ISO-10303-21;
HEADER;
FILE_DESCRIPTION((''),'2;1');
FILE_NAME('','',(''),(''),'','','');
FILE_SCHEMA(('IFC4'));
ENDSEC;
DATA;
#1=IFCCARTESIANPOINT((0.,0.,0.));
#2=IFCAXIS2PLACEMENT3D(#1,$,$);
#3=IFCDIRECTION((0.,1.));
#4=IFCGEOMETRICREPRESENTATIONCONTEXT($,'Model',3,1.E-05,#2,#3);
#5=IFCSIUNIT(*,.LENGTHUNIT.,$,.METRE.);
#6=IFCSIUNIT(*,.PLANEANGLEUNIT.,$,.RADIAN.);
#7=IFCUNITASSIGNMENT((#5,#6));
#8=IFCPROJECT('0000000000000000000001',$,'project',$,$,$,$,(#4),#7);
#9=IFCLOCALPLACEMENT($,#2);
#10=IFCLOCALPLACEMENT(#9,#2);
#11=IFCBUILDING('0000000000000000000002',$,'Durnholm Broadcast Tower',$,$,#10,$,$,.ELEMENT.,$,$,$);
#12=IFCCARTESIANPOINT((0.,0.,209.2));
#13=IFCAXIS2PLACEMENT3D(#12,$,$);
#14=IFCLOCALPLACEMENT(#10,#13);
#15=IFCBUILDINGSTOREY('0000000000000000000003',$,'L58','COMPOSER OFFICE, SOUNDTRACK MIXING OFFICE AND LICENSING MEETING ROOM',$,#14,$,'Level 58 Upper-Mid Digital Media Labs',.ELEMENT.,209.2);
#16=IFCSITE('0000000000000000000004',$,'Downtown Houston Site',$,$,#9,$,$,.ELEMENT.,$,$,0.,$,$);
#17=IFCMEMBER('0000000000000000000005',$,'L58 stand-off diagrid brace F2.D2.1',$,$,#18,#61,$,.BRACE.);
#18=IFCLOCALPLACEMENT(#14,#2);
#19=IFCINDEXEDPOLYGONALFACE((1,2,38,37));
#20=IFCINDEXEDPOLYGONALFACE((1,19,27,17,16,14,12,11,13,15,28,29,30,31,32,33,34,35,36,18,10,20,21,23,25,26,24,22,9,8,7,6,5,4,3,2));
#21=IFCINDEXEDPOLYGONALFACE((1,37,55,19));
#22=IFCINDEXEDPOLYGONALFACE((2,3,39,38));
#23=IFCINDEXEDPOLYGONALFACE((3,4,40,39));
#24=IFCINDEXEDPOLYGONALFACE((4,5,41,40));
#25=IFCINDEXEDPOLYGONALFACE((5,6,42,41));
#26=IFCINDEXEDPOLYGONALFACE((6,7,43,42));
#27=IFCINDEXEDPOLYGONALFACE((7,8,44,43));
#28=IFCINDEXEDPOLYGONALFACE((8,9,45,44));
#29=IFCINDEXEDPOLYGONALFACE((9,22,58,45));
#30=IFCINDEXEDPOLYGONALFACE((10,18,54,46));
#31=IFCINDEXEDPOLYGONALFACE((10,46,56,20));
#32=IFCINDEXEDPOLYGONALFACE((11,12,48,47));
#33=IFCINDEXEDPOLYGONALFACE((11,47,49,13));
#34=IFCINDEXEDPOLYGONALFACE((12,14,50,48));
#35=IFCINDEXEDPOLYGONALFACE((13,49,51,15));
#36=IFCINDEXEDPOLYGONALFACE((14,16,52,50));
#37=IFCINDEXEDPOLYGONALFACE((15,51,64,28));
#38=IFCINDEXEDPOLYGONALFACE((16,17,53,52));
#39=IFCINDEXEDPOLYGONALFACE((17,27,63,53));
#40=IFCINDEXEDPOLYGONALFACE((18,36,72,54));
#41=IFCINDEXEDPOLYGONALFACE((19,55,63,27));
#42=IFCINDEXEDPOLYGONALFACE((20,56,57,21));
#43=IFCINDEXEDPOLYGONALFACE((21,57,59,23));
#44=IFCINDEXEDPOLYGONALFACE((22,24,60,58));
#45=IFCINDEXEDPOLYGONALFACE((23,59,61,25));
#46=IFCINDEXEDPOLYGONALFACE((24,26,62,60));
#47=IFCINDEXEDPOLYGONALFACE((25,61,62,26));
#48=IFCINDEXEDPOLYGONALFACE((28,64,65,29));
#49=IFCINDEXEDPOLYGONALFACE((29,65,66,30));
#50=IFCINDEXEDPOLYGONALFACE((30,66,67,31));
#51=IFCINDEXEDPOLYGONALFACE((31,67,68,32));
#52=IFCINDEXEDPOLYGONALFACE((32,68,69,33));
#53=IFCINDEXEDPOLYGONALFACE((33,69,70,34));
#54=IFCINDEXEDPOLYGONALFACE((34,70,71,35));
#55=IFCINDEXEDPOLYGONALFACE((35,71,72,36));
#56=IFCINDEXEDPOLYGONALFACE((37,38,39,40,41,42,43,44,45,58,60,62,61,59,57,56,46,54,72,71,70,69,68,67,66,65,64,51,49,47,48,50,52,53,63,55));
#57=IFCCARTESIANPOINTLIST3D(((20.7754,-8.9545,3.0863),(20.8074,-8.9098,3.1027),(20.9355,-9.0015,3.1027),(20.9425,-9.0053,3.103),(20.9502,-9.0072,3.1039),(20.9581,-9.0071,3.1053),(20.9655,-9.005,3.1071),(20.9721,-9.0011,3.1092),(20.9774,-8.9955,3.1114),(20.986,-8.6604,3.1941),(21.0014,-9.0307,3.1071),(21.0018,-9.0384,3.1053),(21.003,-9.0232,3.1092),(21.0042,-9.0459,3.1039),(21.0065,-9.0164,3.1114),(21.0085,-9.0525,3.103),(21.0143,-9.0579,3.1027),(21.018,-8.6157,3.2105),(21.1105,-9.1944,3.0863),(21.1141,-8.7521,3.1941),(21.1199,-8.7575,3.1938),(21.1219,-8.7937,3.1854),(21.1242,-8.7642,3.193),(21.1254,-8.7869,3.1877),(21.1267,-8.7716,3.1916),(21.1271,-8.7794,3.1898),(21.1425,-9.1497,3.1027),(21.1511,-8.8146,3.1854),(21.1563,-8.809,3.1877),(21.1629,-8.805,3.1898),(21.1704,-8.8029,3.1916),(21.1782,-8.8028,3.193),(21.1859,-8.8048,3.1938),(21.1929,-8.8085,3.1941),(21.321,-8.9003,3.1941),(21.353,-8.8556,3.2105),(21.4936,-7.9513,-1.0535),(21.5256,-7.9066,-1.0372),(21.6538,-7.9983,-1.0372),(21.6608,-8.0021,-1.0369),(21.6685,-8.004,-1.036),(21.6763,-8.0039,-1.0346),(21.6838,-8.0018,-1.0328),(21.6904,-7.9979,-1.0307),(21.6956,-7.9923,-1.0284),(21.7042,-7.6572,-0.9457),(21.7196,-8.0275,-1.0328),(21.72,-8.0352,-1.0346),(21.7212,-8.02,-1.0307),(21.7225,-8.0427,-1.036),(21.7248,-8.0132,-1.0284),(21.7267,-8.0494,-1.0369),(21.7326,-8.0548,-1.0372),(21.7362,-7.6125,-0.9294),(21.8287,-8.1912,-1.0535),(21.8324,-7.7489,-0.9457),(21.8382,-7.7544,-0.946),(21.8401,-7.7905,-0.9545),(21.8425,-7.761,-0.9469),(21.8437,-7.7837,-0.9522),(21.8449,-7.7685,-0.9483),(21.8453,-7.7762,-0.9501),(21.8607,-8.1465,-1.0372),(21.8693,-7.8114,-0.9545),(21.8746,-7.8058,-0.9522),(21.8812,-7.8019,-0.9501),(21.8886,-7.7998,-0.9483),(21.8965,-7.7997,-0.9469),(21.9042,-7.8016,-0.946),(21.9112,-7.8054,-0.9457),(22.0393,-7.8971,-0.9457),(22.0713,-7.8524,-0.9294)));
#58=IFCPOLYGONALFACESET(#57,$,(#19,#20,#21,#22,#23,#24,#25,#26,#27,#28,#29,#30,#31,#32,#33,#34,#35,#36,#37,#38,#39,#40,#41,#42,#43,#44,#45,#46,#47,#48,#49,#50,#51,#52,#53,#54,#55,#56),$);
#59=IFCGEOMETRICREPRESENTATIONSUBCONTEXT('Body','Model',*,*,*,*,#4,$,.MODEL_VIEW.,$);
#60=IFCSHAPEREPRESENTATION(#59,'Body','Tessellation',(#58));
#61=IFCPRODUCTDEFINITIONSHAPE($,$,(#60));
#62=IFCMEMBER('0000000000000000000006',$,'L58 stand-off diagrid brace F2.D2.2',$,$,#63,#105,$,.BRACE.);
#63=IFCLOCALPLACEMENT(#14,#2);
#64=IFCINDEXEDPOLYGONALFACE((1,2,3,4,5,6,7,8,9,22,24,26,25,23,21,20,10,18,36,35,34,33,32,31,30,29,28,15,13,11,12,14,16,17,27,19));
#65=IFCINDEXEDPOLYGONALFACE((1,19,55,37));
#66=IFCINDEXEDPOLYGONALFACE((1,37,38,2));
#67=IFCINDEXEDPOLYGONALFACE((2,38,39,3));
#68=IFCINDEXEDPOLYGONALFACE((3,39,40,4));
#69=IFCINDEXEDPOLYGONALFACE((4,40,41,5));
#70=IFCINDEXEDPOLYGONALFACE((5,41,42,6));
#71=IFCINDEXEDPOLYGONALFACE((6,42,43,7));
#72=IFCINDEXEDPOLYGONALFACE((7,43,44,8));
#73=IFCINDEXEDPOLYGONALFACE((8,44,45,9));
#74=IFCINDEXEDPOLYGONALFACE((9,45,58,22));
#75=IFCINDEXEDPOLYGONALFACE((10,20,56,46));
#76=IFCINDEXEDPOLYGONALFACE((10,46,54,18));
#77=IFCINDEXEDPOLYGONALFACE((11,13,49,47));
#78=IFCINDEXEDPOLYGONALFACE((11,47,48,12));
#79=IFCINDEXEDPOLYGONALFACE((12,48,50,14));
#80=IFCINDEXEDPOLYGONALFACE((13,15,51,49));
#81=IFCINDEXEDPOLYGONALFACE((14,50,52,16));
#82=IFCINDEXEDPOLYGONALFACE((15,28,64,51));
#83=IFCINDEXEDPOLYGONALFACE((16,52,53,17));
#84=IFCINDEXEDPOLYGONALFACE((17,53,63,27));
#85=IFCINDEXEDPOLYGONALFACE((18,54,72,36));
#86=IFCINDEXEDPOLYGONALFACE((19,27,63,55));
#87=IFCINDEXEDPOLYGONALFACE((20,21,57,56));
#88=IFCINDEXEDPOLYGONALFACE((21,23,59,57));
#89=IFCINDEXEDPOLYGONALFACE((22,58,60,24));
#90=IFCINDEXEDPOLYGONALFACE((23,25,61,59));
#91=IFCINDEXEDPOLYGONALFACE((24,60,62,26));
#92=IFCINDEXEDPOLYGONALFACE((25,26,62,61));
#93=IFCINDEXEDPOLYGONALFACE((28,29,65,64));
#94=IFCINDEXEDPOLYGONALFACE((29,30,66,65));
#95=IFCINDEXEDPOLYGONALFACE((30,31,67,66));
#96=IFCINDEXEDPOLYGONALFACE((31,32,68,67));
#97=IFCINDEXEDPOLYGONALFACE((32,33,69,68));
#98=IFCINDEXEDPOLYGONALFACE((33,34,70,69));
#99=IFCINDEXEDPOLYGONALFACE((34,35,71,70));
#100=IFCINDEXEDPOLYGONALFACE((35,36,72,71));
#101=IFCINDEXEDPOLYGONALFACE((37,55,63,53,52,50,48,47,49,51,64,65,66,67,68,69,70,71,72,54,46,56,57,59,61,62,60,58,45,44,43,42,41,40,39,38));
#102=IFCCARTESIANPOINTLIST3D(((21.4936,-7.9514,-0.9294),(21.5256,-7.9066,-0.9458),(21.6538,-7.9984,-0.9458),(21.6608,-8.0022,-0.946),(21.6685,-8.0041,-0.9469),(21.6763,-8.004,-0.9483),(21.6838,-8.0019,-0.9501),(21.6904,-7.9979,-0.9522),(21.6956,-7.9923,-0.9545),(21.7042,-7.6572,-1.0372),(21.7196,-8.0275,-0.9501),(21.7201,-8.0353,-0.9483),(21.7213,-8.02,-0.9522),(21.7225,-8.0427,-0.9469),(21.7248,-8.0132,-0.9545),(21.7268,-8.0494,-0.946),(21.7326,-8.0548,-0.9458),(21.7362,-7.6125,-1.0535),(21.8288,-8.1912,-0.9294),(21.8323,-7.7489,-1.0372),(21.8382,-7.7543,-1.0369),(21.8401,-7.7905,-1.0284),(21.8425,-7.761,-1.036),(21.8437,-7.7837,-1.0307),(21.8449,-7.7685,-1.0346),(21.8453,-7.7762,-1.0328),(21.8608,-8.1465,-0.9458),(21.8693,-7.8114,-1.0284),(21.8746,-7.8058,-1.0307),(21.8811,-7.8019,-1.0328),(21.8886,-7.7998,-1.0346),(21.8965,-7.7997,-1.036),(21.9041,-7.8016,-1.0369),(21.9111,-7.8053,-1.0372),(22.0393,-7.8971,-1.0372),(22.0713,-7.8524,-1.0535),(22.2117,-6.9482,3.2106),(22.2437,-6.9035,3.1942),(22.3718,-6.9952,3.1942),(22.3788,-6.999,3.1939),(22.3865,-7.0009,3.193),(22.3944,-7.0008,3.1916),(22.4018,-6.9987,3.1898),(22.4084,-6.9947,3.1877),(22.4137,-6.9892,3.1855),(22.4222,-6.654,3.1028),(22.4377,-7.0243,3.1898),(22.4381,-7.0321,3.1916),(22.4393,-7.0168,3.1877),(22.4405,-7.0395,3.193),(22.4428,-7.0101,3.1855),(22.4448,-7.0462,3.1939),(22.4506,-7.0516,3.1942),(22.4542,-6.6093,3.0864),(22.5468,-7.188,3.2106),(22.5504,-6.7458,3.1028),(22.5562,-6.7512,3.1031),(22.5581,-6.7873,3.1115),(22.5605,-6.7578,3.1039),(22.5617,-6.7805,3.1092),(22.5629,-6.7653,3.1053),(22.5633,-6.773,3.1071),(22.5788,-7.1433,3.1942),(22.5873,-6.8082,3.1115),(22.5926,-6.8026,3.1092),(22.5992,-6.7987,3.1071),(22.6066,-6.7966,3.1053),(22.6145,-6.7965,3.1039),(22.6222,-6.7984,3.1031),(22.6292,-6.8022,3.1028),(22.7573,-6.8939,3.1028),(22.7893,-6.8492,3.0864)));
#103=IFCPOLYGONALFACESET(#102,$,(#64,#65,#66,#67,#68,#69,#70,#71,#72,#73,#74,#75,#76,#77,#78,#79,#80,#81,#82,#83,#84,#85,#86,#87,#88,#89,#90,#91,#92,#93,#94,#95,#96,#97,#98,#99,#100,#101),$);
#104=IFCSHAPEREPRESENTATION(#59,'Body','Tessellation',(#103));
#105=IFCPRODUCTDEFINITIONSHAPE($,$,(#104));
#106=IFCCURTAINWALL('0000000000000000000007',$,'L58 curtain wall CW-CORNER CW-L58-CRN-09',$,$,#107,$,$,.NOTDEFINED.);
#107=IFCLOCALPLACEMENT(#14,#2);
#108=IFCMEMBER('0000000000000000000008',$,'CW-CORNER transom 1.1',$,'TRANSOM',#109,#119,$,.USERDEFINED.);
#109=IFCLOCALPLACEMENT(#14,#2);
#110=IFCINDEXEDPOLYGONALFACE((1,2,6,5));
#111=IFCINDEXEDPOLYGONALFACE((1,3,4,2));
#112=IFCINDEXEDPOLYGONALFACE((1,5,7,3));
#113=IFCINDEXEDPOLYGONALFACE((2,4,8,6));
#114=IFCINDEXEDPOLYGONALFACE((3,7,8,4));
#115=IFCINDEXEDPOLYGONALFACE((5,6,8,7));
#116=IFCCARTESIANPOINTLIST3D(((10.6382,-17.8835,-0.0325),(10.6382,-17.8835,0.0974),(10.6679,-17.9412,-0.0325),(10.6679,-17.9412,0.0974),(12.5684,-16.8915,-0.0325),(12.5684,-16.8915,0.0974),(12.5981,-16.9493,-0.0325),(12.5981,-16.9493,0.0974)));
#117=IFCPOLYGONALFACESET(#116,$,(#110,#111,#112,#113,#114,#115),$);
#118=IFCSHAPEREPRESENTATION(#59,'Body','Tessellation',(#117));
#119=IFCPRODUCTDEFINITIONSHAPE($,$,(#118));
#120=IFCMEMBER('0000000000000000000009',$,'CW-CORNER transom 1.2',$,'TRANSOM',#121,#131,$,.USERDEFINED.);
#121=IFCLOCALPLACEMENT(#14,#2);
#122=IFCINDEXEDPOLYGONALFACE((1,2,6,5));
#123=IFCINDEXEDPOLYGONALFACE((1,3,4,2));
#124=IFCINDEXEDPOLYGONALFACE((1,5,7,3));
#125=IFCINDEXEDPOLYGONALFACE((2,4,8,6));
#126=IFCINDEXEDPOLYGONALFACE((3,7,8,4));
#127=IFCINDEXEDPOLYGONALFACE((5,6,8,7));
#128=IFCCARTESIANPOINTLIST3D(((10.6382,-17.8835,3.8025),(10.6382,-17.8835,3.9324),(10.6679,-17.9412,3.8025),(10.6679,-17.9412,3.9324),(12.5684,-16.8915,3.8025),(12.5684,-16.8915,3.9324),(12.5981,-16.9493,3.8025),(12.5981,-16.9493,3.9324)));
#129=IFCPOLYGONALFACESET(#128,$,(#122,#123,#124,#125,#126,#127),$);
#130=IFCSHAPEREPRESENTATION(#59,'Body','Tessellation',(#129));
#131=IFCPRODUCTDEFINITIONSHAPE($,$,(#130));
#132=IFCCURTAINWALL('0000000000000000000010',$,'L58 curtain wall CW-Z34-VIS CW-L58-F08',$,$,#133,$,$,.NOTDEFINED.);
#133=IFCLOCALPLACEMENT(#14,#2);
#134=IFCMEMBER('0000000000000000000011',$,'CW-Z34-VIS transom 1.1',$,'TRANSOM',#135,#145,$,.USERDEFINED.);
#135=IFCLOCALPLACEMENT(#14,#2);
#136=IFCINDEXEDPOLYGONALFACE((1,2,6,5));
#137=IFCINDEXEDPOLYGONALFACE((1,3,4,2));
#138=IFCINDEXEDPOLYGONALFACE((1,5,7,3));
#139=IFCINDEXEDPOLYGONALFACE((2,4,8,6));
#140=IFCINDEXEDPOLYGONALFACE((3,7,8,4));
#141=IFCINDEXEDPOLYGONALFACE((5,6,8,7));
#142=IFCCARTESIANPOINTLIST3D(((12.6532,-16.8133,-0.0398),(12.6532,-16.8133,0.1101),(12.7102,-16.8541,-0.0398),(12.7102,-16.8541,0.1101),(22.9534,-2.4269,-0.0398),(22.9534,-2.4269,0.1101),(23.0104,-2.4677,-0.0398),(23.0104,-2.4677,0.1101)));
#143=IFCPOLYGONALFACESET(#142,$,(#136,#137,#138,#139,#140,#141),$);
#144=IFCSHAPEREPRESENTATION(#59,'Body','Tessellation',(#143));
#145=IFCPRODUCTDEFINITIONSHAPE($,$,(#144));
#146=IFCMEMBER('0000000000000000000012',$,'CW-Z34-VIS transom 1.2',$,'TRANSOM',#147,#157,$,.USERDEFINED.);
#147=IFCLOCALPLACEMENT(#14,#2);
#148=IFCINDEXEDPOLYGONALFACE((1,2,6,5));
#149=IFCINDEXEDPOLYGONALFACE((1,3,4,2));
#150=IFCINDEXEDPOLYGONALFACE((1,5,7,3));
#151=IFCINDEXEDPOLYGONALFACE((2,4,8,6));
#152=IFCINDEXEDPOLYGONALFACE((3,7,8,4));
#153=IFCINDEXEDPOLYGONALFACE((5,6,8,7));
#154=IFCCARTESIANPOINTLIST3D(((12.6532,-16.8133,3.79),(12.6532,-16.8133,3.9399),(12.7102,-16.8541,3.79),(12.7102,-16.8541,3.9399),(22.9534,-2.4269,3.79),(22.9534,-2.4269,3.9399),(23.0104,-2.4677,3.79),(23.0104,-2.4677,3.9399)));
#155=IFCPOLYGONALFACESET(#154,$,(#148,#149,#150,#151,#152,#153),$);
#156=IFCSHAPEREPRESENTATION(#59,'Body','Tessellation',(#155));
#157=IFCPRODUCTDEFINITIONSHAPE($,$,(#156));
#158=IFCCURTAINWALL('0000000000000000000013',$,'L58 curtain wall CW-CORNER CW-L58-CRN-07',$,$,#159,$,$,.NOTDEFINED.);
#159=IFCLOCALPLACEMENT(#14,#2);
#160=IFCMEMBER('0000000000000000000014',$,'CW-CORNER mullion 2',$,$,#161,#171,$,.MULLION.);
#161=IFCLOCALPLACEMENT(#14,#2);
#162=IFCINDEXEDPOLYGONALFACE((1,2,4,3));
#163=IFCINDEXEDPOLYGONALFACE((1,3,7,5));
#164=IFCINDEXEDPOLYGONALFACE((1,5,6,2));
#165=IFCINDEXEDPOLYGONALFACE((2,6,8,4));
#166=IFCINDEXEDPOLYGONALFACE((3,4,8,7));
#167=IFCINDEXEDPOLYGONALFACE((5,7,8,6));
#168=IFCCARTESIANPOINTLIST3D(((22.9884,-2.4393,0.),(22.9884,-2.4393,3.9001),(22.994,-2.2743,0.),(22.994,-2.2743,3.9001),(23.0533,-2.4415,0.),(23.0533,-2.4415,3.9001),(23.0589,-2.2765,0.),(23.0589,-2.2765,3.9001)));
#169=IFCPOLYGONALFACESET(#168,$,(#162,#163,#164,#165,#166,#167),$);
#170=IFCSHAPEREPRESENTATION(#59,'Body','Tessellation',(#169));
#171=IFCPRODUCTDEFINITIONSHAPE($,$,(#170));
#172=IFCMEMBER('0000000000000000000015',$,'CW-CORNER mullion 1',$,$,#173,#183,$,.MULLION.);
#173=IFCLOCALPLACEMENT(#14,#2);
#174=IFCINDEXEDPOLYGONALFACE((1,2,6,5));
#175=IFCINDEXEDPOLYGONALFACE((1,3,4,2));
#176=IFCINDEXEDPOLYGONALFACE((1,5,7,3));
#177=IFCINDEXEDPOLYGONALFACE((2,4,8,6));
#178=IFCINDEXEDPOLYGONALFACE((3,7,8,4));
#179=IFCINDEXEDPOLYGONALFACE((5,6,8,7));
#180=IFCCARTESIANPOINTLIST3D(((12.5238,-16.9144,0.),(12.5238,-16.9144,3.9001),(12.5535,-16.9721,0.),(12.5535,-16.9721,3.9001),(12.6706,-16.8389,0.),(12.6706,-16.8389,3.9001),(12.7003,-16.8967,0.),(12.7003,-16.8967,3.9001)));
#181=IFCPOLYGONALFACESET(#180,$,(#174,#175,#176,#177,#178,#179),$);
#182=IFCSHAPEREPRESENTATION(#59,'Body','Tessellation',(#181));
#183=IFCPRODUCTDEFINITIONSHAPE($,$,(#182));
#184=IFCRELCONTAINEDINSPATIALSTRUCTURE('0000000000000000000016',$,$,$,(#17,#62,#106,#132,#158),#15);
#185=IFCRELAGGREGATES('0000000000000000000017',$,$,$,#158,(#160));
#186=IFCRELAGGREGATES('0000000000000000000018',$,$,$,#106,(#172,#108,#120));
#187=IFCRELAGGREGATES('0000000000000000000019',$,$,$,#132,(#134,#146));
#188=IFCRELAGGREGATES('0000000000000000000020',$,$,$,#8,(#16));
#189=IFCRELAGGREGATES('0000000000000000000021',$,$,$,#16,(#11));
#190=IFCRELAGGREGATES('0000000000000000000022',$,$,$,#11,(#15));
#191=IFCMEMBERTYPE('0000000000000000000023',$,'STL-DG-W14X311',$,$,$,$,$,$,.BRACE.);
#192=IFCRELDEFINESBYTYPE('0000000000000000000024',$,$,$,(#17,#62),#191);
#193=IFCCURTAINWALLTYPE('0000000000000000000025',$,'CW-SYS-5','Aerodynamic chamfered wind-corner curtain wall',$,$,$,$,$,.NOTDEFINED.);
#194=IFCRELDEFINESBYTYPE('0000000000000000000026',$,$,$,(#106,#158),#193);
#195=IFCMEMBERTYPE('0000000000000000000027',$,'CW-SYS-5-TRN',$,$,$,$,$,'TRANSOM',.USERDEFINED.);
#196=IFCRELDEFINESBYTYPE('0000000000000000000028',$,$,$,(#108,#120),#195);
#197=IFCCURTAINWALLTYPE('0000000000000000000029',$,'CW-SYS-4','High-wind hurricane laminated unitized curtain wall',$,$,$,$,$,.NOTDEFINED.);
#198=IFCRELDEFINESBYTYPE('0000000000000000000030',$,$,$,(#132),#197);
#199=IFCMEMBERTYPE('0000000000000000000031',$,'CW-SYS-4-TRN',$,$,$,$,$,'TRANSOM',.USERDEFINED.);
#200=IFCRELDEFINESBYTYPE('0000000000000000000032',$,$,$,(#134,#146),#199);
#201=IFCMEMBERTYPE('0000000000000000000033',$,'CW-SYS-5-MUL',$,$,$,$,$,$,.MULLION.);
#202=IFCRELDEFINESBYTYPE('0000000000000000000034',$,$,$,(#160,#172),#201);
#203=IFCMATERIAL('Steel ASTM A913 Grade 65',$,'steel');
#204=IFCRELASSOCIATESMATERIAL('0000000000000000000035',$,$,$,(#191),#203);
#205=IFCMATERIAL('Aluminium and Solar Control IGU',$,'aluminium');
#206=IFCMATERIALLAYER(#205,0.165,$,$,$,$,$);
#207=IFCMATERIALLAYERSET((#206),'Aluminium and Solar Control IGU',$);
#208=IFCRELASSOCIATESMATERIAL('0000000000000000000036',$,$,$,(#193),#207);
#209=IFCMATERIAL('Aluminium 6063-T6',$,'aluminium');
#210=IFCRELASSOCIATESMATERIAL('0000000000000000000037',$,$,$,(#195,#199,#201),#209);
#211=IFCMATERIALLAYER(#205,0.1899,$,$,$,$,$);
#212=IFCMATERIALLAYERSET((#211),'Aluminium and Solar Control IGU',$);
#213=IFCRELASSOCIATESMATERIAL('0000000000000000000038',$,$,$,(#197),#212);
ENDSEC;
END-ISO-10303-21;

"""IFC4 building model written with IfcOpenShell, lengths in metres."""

from ifc_helpers import new_model, si_unit, direction, frame, origin, origin_2d, place, context, subcontext, project, spatial, rectangle, i_section, extrude, source, transform, mapped, material, layer, layer_set, material_profile, profile_set, type_object, type_shapes, element, aggregate, save


model = new_model("IFC4")

# Units and contexts
model_context = context("Model", 3, precision=1e-05, world=origin(), true_north=direction((0.0, 1.0)))
body_context = subcontext(model_context, "Body", "Model", "MODEL_VIEW")
ifc_project = project(units=[si_unit("LENGTHUNIT", "METRE"), si_unit("PLANEANGLEUNIT", "RADIAN")], contexts=[model_context])

# Site, building, storey
site_placement = place(None, origin())
site = spatial("IfcSite", under=ifc_project, at=site_placement, Name="Downtown Houston Site", CompositionType="ELEMENT", RefElevation=0.0)
building_placement = place(site_placement, origin())
building = spatial("IfcBuilding", under=site, at=building_placement, Name="Durnholm Broadcast Tower", CompositionType="ELEMENT")
storey_placement = place(building_placement, frame((0.0, 0.0, 209.2)))
storey = spatial("IfcBuildingStorey", under=building, at=storey_placement, Name="L58", Description="COMPOSER OFFICE, SOUNDTRACK MIXING OFFICE AND LICENSING MEETING ROOM", LongName="Level 58 Upper-Mid Digital Media Labs", CompositionType="ELEMENT", Elevation=209.2)

# Members
ifc_material_1 = material(Name="Steel ASTM A913 Grade 65", Category="steel")
ifc_material_profile_1 = material_profile(ifc_material_1, i_section(OverallWidth=0.4121, OverallDepth=0.4348, WebThickness=0.0359, FlangeThickness=0.0574, FilletRadius=0.0305, at=origin_2d()), Name="W14X311")
ifc_profile_set_1 = profile_set([ifc_material_profile_1], Name="Steel ASTM A913 Grade 65")
member_type_1 = type_object("IfcMemberType", Name="STL-DG-W14X311", PredefinedType="BRACE", material=ifc_profile_set_1)
shared_shape_1 = source(origin(), body_context, "Body", "SweptSolid", [
    extrude(i_section(OverallWidth=0.4121, OverallDepth=0.4348, WebThickness=0.0359, FlangeThickness=0.0574, FilletRadius=0.0305, at=origin_2d()), origin(), (0.0, 0.0, 1.0), 4.3198),
])
type_shapes(member_type_1, [shared_shape_1])
for number, where, z_axis, x_axis, name in (
    (1, (21.7825, -7.9019, -0.9915), (-0.166271, -0.232225, 0.958345), (0.813078, -0.582155, 0.0), "L58 stand-off diagrid brace F2.D2.1"),
    (2, (21.7825, -7.9019, -0.9915), (0.166216, 0.232227, 0.958354), (-0.813171, 0.582024, 0.0), "L58 stand-off diagrid brace F2.D2.2"),
):
    element("IfcMember", number, at=place(storey_placement, frame(where, z_axis=z_axis, x_axis=x_axis)), inside=storey, type_object=member_type_1, Name=name, PredefinedType="BRACE", context=body_context, shape_type="MappedRepresentation", body=[
        mapped(shared_shape_1, transform((0.0, 0.0, 0.0), x_axis=(1.0, 0.0, 0.0), y_axis=(0.0, 1.0, 0.0), z_axis=(0.0, 0.0, 1.0), scale=1.0)),
    ])

# Curtain walls, members
ifc_material_2 = material(Name="Aluminium and Solar Control IGU", Category="aluminium")
ifc_layer_1 = layer(ifc_material_2, 0.165)
ifc_layer_set_1 = layer_set([ifc_layer_1], Name="Aluminium and Solar Control IGU")
curtain_wall_type_1 = type_object("IfcCurtainWallType", Name="CW-SYS-5", Description="Aerodynamic chamfered wind-corner curtain wall", PredefinedType="NOTDEFINED", material=ifc_layer_set_1)
curtain_wall_1_placement = place(storey_placement, origin())
curtain_wall_1 = element("IfcCurtainWall", 3, at=curtain_wall_1_placement, inside=storey, type_object=curtain_wall_type_1, Name="L58 curtain wall CW-CORNER CW-L58-CRN-09", PredefinedType="NOTDEFINED")
ifc_material_3 = material(Name="Aluminium 6063-T6", Category="aluminium")
ifc_material_profile_2 = material_profile(ifc_material_3, rectangle(XDim=0.0649, YDim=0.1299, at=origin_2d()), Name="CWT65X130")
ifc_profile_set_2 = profile_set([ifc_material_profile_2], Name="Aluminium 6063-T6")
member_type_2 = type_object("IfcMemberType", Name="CW-SYS-5-TRN", ElementType="TRANSOM", PredefinedType="USERDEFINED", material=ifc_profile_set_2)
shared_shape_2 = source(origin(), body_context, "Body", "SweptSolid", [
    extrude(rectangle(XDim=0.0649, YDim=0.1299, at=origin_2d()), origin(), (0.0, 0.0, 1.0), 2.1702),
])
type_shapes(member_type_2, [shared_shape_2])
member_1_placement = place(storey_placement, frame((12.5833, -16.9204, 0.0325), z_axis=(-0.889422, -0.457086, 0.0), x_axis=(0.457086, -0.889422, 0.0)))
member_1 = element("IfcMember", 4, at=member_1_placement, type_object=member_type_2, Name="CW-CORNER transom 1.1", ObjectType="TRANSOM", PredefinedType="USERDEFINED", context=body_context, shape_type="MappedRepresentation", body=[
    mapped(shared_shape_2, transform((0.0, 0.0, 0.0), x_axis=(1.0, 0.0, 0.0), y_axis=(0.0, 1.0, 0.0), z_axis=(0.0, 0.0, 1.0), scale=1.0)),
])
member_2_placement = place(storey_placement, frame((12.5833, -16.9204, 3.8674), z_axis=(-0.889422, -0.457086, 0.0), x_axis=(0.457086, -0.889422, 0.0)))
member_2 = element("IfcMember", 5, at=member_2_placement, type_object=member_type_2, Name="CW-CORNER transom 1.2", ObjectType="TRANSOM", PredefinedType="USERDEFINED", context=body_context, shape_type="MappedRepresentation", body=[
    mapped(shared_shape_2, transform((0.0, 0.0, 0.0), x_axis=(1.0, 0.0, 0.0), y_axis=(0.0, 1.0, 0.0), z_axis=(0.0, 0.0, 1.0), scale=1.0)),
])
ifc_layer_2 = layer(ifc_material_2, 0.1899)
ifc_layer_set_2 = layer_set([ifc_layer_2], Name="Aluminium and Solar Control IGU")
curtain_wall_type_2 = type_object("IfcCurtainWallType", Name="CW-SYS-4", Description="High-wind hurricane laminated unitized curtain wall", PredefinedType="NOTDEFINED", material=ifc_layer_set_2)
curtain_wall_2_placement = place(storey_placement, origin())
curtain_wall_2 = element("IfcCurtainWall", 6, at=curtain_wall_2_placement, inside=storey, type_object=curtain_wall_type_2, Name="L58 curtain wall CW-Z34-VIS CW-L58-F08", PredefinedType="NOTDEFINED")
ifc_material_profile_3 = material_profile(ifc_material_3, rectangle(XDim=0.0701, YDim=0.1499, at=origin_2d()), Name="CWT70X150")
ifc_profile_set_3 = profile_set([ifc_material_profile_3], Name="Aluminium 6063-T6")
member_type_3 = type_object("IfcMemberType", Name="CW-SYS-4-TRN", ElementType="TRANSOM", PredefinedType="USERDEFINED", material=ifc_profile_set_3)
shared_shape_3 = source(origin(), body_context, "Body", "SweptSolid", [
    extrude(rectangle(XDim=0.0701, YDim=0.1499, at=origin_2d()), origin(), (0.0, 0.0, 1.0), 17.6936),
])
type_shapes(member_type_3, [shared_shape_3])
member_3_placement = place(storey_placement, frame((22.9819, -2.4473, 0.0352), z_axis=(-0.582145, -0.813085, 0.0), x_axis=(0.813085, -0.582145, 0.0)))
member_3 = element("IfcMember", 7, at=member_3_placement, type_object=member_type_3, Name="CW-Z34-VIS transom 1.1", ObjectType="TRANSOM", PredefinedType="USERDEFINED", context=body_context, shape_type="MappedRepresentation", body=[
    mapped(shared_shape_3, transform((0.0, 0.0, 0.0), x_axis=(1.0, 0.0, 0.0), y_axis=(0.0, 1.0, 0.0), z_axis=(0.0, 0.0, 1.0), scale=1.0)),
])
member_4_placement = place(storey_placement, frame((22.9819, -2.4473, 3.865), z_axis=(-0.582145, -0.813085, 0.0), x_axis=(0.813085, -0.582145, 0.0)))
member_4 = element("IfcMember", 8, at=member_4_placement, type_object=member_type_3, Name="CW-Z34-VIS transom 1.2", ObjectType="TRANSOM", PredefinedType="USERDEFINED", context=body_context, shape_type="MappedRepresentation", body=[
    mapped(shared_shape_3, transform((0.0, 0.0, 0.0), x_axis=(1.0, 0.0, 0.0), y_axis=(0.0, 1.0, 0.0), z_axis=(0.0, 0.0, 1.0), scale=1.0)),
])

# Curtain wall, member
curtain_wall_3_placement = place(storey_placement, origin())
curtain_wall_3 = element("IfcCurtainWall", 9, at=curtain_wall_3_placement, inside=storey, type_object=curtain_wall_type_1, Name="L58 curtain wall CW-CORNER CW-L58-CRN-07", PredefinedType="NOTDEFINED")
ifc_material_profile_4 = material_profile(ifc_material_3, rectangle(XDim=0.0649, YDim=0.165, at=origin_2d()), Name="CWM65X165")
ifc_profile_set_4 = profile_set([ifc_material_profile_4], Name="Aluminium 6063-T6")
member_type_4 = type_object("IfcMemberType", Name="CW-SYS-5-MUL", PredefinedType="MULLION", material=ifc_profile_set_4)
shared_shape_4 = source(origin(), body_context, "Body", "SweptSolid", [
    extrude(rectangle(XDim=0.0649, YDim=0.165, at=origin_2d()), origin(), (0.0, 0.0, 1.0), 3.9001),
])
type_shapes(member_type_4, [shared_shape_4])
member_5_placement = place(storey_placement, frame((23.0237, -2.3579, 0.0), z_axis=(0.0, 0.0, 1.0), x_axis=(0.999425, -0.033913, 0.0)))
member_5 = element("IfcMember", 10, at=member_5_placement, type_object=member_type_4, Name="CW-CORNER mullion 2", PredefinedType="MULLION", context=body_context, shape_type="MappedRepresentation", body=[
    mapped(shared_shape_4, transform((0.0, 0.0, 0.0), x_axis=(1.0, 0.0, 0.0), y_axis=(0.0, 1.0, 0.0), z_axis=(0.0, 0.0, 1.0), scale=1.0)),
])
aggregate(curtain_wall_3, [member_5])

# Member
member_6_placement = place(storey_placement, frame((12.6121, -16.9055, 0.0), z_axis=(0.0, 0.0, 1.0), x_axis=(0.457082, -0.889425, 0.0)))
member_6 = element("IfcMember", 11, at=member_6_placement, type_object=member_type_4, Name="CW-CORNER mullion 1", PredefinedType="MULLION", context=body_context, shape_type="MappedRepresentation", body=[
    mapped(shared_shape_4, transform((0.0, 0.0, 0.0), x_axis=(1.0, 0.0, 0.0), y_axis=(0.0, 1.0, 0.0), z_axis=(0.0, 0.0, 1.0), scale=1.0)),
])

aggregate(curtain_wall_1, [member_6, member_1, member_2])
aggregate(curtain_wall_2, [member_3, member_4])

save(model, "model.ifc")
